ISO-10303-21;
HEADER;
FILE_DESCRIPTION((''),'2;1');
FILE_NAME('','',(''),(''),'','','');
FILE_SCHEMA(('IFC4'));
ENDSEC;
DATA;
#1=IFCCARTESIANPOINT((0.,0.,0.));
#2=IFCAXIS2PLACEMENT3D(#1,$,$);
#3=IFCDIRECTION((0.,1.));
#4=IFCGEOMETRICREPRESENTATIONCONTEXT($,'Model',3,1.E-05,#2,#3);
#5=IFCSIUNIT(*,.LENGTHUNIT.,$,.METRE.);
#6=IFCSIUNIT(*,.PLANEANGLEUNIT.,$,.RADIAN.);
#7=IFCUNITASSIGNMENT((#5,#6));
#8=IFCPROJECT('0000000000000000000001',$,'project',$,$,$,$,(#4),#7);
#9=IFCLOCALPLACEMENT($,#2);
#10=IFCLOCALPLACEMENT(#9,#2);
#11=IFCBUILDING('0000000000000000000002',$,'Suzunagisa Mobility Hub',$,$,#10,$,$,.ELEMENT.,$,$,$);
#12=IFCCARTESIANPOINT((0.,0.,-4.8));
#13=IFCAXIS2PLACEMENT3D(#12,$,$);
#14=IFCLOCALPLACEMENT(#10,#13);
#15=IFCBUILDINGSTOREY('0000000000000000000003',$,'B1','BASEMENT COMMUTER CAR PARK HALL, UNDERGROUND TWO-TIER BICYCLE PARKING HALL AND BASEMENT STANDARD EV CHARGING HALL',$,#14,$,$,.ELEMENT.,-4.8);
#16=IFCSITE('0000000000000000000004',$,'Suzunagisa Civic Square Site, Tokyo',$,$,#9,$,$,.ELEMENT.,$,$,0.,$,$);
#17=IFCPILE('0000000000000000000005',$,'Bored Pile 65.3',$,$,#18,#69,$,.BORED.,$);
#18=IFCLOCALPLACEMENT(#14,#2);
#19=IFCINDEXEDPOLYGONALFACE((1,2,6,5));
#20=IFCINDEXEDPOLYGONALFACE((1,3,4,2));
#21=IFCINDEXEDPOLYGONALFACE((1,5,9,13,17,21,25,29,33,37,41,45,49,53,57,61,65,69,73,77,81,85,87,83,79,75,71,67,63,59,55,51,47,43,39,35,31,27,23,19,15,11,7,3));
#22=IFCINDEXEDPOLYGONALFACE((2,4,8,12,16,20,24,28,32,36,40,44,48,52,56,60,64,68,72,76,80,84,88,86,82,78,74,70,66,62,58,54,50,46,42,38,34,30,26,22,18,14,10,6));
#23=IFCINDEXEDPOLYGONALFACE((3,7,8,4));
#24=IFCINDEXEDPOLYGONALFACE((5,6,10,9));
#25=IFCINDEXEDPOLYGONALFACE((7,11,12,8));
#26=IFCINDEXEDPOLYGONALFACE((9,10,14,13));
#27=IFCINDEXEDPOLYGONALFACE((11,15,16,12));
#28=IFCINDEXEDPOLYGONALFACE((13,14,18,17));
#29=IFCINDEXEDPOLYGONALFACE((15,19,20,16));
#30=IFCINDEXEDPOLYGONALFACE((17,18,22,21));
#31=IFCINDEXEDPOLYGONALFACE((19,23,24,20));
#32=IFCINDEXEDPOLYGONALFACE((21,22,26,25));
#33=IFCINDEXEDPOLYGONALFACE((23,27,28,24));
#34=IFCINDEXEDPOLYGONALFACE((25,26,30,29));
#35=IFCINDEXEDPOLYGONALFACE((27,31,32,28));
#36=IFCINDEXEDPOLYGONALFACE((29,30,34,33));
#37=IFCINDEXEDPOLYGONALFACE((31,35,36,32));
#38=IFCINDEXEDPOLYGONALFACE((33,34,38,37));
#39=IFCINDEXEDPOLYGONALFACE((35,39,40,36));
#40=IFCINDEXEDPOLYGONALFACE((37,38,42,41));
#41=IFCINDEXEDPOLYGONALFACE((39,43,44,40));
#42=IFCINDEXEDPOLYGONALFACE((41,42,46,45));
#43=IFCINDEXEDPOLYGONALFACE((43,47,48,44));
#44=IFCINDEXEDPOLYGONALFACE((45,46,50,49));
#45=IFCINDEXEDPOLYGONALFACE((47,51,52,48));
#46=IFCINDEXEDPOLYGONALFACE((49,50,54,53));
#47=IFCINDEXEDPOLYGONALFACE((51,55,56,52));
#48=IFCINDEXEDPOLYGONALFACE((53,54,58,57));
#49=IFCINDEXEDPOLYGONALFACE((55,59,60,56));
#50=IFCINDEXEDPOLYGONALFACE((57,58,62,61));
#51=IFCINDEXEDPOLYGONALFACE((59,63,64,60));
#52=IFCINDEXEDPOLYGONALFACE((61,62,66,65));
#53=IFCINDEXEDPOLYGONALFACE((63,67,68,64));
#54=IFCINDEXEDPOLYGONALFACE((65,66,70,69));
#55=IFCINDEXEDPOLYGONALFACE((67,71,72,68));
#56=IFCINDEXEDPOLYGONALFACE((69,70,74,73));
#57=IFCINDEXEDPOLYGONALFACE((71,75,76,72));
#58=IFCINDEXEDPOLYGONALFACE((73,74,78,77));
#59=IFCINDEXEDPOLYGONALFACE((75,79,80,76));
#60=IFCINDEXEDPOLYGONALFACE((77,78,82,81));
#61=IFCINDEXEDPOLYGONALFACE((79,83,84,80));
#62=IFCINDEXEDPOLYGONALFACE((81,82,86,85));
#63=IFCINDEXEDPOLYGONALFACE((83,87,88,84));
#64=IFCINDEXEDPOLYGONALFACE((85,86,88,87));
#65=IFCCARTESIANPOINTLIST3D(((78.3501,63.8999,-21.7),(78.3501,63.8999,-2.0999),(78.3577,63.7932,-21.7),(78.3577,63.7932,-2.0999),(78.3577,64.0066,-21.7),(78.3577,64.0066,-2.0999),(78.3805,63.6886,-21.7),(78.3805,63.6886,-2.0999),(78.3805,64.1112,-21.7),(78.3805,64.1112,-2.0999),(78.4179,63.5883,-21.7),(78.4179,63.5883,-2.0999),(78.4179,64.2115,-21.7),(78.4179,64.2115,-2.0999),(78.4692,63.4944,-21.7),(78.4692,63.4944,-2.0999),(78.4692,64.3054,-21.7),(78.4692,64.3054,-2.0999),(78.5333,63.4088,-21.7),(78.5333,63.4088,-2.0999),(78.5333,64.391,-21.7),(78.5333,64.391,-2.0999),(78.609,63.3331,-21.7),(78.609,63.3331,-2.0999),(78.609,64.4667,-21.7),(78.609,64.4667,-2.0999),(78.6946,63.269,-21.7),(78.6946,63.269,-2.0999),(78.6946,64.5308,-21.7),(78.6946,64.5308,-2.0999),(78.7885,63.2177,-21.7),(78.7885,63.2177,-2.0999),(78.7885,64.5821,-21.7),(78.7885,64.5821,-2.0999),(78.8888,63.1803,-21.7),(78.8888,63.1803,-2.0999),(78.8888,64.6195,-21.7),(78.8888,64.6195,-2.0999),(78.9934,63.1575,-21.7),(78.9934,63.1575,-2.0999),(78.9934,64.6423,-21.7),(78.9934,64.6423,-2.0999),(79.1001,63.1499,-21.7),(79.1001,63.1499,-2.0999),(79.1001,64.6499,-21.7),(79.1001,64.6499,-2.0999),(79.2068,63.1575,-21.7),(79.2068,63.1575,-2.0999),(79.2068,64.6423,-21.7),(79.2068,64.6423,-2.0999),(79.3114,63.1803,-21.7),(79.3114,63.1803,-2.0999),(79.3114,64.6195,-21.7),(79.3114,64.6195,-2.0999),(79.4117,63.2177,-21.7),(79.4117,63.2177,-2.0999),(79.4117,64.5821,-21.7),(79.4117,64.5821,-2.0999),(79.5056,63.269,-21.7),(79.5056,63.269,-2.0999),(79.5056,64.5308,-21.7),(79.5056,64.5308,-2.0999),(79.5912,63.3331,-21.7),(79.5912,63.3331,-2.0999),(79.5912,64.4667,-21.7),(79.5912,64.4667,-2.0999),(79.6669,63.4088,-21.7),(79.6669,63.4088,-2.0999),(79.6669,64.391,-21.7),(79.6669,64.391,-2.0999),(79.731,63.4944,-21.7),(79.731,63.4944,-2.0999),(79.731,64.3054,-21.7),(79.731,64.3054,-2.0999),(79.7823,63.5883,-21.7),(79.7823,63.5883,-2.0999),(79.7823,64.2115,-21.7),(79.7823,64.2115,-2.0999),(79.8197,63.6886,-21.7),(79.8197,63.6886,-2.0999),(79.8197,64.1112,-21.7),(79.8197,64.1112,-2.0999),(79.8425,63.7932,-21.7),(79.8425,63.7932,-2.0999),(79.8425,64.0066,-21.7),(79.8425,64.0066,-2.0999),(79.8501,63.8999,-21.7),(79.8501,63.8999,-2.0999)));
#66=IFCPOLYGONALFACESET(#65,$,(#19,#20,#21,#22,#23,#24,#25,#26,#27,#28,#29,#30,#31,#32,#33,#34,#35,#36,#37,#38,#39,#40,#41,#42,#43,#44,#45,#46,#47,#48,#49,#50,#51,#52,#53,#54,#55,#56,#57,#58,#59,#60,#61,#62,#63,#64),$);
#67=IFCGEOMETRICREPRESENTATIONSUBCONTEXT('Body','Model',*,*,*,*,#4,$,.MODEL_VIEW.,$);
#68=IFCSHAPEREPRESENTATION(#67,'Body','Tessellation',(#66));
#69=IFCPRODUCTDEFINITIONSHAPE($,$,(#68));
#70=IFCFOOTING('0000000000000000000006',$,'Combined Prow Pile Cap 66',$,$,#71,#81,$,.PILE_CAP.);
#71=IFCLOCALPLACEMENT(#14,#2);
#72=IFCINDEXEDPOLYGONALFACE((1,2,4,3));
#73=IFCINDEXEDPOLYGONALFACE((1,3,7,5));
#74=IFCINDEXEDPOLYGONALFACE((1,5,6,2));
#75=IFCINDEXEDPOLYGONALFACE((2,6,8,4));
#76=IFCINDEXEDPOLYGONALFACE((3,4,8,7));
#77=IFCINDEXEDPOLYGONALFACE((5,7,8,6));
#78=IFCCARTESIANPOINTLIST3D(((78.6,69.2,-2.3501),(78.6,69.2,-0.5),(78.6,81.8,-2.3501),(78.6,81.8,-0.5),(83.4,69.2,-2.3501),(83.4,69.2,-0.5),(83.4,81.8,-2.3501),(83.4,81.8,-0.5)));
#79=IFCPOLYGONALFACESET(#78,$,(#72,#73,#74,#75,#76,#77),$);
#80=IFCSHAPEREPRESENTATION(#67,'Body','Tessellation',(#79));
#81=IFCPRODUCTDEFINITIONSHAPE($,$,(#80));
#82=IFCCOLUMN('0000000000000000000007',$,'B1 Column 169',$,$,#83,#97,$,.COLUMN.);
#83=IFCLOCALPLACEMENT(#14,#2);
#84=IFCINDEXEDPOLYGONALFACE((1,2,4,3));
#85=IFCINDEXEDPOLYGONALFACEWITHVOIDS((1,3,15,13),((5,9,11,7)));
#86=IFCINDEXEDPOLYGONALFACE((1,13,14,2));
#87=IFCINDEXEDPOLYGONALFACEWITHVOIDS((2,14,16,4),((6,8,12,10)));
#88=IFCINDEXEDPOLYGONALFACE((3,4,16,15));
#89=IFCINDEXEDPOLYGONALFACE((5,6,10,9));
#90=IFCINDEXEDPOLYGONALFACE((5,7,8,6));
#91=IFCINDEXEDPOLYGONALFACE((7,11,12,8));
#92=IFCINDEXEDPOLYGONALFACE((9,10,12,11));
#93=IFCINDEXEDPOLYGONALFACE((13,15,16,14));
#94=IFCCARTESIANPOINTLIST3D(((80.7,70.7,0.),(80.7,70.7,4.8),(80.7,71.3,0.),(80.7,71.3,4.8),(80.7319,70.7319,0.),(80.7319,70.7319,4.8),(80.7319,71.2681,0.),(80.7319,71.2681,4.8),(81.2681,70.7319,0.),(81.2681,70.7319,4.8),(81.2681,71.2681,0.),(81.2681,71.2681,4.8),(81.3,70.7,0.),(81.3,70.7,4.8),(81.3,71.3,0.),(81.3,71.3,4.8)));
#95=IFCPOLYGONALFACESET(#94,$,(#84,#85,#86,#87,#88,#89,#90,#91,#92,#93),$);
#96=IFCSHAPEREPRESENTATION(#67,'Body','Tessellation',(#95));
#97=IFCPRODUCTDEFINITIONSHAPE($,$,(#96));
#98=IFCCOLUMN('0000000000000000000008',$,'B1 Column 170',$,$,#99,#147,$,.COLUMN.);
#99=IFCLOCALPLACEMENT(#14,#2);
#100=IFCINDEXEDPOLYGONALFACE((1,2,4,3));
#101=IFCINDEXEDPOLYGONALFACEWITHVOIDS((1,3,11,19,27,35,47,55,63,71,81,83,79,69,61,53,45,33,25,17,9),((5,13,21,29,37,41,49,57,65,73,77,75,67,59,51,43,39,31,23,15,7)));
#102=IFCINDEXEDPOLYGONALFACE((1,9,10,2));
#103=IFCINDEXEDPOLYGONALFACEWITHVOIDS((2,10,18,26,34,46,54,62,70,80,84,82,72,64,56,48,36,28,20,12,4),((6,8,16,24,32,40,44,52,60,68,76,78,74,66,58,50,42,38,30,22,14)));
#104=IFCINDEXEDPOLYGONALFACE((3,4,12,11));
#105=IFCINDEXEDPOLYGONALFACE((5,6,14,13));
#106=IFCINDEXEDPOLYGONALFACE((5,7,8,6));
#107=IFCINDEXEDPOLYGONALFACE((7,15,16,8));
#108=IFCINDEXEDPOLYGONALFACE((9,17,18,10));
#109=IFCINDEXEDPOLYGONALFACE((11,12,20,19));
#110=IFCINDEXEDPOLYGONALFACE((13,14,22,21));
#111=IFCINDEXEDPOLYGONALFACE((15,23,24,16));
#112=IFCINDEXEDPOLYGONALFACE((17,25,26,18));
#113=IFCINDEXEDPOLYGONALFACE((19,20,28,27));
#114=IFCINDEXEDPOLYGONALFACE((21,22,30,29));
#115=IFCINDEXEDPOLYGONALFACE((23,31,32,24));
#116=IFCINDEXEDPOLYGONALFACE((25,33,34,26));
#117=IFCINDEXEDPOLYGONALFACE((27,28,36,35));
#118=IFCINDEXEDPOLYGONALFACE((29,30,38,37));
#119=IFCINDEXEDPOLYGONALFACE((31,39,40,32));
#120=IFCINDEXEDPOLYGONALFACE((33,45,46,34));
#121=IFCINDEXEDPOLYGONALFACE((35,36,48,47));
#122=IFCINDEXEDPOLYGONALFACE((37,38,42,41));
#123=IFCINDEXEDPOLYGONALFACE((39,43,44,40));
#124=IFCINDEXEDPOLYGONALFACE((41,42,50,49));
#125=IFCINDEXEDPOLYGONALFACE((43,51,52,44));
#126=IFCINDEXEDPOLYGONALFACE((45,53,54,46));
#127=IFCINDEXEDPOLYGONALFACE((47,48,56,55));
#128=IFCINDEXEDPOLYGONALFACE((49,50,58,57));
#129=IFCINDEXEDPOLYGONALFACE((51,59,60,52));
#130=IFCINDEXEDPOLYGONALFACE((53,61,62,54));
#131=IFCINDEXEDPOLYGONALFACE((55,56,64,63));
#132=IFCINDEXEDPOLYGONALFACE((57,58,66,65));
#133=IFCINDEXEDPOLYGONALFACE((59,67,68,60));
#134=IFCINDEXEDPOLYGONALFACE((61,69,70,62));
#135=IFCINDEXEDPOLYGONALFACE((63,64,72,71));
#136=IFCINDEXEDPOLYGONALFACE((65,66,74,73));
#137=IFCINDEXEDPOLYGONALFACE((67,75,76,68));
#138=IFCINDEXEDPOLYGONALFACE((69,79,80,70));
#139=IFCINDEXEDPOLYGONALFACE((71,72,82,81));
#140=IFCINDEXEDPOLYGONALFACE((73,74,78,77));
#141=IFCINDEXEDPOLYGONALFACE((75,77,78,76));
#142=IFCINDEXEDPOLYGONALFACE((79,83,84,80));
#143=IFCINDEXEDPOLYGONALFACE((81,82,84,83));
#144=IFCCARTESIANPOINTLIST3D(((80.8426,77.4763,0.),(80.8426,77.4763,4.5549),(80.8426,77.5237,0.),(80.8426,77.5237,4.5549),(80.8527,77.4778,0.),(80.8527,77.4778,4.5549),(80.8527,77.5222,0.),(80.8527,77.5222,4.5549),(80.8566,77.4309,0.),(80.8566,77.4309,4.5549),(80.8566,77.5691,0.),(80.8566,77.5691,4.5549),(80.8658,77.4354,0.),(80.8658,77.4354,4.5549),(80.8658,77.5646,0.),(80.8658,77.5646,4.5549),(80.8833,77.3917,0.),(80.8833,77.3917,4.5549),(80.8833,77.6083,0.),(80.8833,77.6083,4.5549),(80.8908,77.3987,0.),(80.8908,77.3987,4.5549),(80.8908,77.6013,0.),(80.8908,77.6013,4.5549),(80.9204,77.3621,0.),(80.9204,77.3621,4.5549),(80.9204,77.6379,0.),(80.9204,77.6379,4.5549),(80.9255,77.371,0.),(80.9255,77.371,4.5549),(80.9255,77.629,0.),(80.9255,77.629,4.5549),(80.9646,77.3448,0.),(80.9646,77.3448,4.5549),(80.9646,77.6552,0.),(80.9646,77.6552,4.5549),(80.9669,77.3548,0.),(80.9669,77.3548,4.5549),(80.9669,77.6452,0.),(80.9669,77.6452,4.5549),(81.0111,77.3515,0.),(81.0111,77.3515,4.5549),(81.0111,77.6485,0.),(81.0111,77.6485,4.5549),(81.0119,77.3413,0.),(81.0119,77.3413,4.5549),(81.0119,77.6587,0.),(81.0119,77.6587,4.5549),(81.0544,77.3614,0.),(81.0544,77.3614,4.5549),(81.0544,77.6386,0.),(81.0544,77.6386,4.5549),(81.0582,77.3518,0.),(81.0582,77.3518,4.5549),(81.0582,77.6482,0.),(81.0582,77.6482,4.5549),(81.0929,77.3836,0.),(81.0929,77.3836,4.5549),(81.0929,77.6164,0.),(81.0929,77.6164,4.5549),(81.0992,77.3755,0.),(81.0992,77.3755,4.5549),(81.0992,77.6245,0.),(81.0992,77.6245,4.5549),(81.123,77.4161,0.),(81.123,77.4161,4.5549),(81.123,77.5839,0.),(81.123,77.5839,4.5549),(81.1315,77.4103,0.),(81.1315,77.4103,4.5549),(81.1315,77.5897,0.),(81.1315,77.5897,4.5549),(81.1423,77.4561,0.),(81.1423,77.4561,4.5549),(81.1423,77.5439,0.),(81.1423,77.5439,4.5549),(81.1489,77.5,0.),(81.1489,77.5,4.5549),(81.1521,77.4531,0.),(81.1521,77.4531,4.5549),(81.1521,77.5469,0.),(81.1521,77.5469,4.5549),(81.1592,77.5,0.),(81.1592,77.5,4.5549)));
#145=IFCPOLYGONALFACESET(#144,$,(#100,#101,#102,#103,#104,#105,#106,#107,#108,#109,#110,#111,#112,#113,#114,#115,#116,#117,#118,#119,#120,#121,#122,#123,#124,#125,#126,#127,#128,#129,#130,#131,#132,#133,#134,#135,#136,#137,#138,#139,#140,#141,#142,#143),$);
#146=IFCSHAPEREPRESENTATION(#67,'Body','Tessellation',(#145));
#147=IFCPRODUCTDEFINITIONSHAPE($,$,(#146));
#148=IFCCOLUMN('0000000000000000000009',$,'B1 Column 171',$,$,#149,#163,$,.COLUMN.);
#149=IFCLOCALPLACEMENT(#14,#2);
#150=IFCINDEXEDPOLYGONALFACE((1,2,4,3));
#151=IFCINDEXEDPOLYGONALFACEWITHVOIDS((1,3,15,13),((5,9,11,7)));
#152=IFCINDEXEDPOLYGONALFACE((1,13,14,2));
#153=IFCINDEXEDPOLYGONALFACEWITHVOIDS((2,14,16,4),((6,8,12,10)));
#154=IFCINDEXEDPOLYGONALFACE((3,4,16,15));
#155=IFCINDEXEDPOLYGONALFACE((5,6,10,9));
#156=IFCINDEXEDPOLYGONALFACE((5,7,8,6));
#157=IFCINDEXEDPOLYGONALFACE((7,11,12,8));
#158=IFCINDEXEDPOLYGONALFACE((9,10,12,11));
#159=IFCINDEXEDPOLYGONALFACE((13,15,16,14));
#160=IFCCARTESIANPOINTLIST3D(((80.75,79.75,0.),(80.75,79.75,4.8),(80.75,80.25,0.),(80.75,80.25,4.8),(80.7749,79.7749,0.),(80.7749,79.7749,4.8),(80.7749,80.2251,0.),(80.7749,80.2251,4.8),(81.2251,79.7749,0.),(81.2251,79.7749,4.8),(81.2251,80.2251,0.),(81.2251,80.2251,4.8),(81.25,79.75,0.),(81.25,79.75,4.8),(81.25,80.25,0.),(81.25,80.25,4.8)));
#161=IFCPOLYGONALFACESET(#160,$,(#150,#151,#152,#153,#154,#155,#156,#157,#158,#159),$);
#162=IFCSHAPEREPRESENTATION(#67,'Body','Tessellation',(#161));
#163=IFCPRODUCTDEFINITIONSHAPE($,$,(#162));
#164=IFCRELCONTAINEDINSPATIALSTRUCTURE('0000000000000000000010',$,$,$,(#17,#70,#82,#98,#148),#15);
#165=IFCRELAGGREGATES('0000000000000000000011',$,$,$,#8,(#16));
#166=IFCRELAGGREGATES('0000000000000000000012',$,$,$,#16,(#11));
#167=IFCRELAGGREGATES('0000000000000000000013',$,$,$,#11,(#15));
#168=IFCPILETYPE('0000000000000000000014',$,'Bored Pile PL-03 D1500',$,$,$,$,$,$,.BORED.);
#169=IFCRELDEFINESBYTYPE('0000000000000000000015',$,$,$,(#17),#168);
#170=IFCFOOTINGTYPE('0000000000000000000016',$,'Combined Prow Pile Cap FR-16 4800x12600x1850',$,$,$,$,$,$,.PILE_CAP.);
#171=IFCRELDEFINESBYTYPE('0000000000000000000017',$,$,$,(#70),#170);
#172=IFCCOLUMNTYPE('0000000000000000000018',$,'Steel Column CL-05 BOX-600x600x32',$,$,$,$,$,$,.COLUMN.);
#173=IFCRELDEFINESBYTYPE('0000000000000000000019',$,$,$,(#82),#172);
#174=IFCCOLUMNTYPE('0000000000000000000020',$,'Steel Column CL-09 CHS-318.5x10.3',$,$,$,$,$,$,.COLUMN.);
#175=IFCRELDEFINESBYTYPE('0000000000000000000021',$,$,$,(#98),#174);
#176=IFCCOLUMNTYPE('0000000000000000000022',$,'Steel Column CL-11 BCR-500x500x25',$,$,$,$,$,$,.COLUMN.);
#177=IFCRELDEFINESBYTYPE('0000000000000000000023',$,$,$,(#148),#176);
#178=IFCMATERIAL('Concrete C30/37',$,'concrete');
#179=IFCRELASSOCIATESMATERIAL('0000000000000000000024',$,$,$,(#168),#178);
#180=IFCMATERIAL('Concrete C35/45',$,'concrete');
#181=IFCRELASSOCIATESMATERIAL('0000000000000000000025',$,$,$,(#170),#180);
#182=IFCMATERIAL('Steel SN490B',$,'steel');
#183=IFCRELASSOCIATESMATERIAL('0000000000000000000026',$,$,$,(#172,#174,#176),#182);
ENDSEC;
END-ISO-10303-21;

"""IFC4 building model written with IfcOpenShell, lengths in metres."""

from ifc_helpers import new_model, si_unit, direction, frame, origin, origin_2d, place, context, subcontext, project, spatial, rectangle, hollow_rectangle, circle, hollow_circle, extrude, material, material_profile, profile_set, type_object, element, save


model = new_model("IFC4")

# Units and contexts
model_context = context("Model", 3, precision=1e-05, world=origin(), true_north=direction((0.0, 1.0)))
body_context = subcontext(model_context, "Body", "Model", "MODEL_VIEW")
ifc_project = project(units=[si_unit("LENGTHUNIT", "METRE"), si_unit("PLANEANGLEUNIT", "RADIAN")], contexts=[model_context])

# Site, building, storey
site_placement = place(None, origin())
site = spatial("IfcSite", under=ifc_project, at=site_placement, Name="Suzunagisa Civic Square Site, Tokyo", CompositionType="ELEMENT", RefElevation=0.0)
building_placement = place(site_placement, origin())
building = spatial("IfcBuilding", under=site, at=building_placement, Name="Suzunagisa Mobility Hub", CompositionType="ELEMENT")
storey_placement = place(building_placement, frame((0.0, 0.0, -4.8)))
storey = spatial("IfcBuildingStorey", under=building, at=storey_placement, Name="B1", Description="BASEMENT COMMUTER CAR PARK HALL, UNDERGROUND TWO-TIER BICYCLE PARKING HALL AND BASEMENT STANDARD EV CHARGING HALL", CompositionType="ELEMENT", Elevation=-4.8)

# Pile
ifc_material_1 = material(Name="Concrete C30/37", Category="concrete")
ifc_material_profile_1 = material_profile(ifc_material_1, circle(Radius=0.75, at=origin_2d()), Name="BORED PILE D1500")
ifc_profile_set_1 = profile_set([ifc_material_profile_1], Name="Concrete C30/37")
pile_type_1 = type_object("IfcPileType", Name="Bored Pile PL-03 D1500", PredefinedType="BORED", material=ifc_profile_set_1)
for number, where, z_axis, x_axis, name in (
    (1, (79.1001, 63.8999, -2.0999), (0.0, 0.0, -1.0), (1.0, 0.0, 0.0), "Bored Pile 65.3"),
):
    element("IfcPile", number, at=place(storey_placement, frame(where, z_axis=z_axis, x_axis=x_axis)), inside=storey, type_object=pile_type_1, Name=name, PredefinedType="BORED", context=body_context, shape_type="SweptSolid", body=[
        extrude(circle(Radius=0.75, at=origin_2d()), origin(), (0.0, 0.0, 1.0), 19.6001),
    ])

# Footing
ifc_material_2 = material(Name="Concrete C35/45", Category="concrete")
footing_type = type_object("IfcFootingType", Name="Combined Prow Pile Cap FR-16 4800x12600x1850", PredefinedType="PILE_CAP", material=ifc_material_2)
footing_placement = place(storey_placement, frame((81.0, 75.5, -2.3501), z_axis=(0.0, 0.0, 1.0), x_axis=(1.0, 0.0, 0.0)))
element("IfcFooting", 2, at=footing_placement, inside=storey, type_object=footing_type, Name="Combined Prow Pile Cap 66", PredefinedType="PILE_CAP", context=body_context, shape_type="SweptSolid", body=[
    extrude(rectangle(XDim=4.8, YDim=12.6001, at=origin_2d()), origin(), (0.0, 0.0, 1.0), 1.8501),
])

# Columns
ifc_material_3 = material(Name="Steel SN490B", Category="steel")
ifc_material_profile_2 = material_profile(ifc_material_3, hollow_rectangle(XDim=0.6001, YDim=0.6001, WallThickness=0.032, at=origin_2d()), Name="BOX-600x600x32")
ifc_profile_set_2 = profile_set([ifc_material_profile_2], Name="Steel SN490B")
column_type_1 = type_object("IfcColumnType", Name="Steel Column CL-05 BOX-600x600x32", PredefinedType="COLUMN", material=ifc_profile_set_2)
column_1_placement = place(storey_placement, frame((81.0, 71.0, 0.0), z_axis=(0.0, 0.0, 1.0), x_axis=(1.0, 0.0, 0.0)))
element("IfcColumn", 3, at=column_1_placement, inside=storey, type_object=column_type_1, Name="B1 Column 169", PredefinedType="COLUMN", context=body_context, shape_type="SweptSolid", body=[
    extrude(hollow_rectangle(XDim=0.6001, YDim=0.6001, WallThickness=0.032, at=origin_2d()), origin(), (0.0, 0.0, 1.0), 4.8),
])
ifc_material_profile_3 = material_profile(ifc_material_3, hollow_circle(Radius=0.1592, WallThickness=0.0103, at=origin_2d()), Name="CHS-318.5x10.3")
ifc_profile_set_3 = profile_set([ifc_material_profile_3], Name="Steel SN490B")
column_type_2 = type_object("IfcColumnType", Name="Steel Column CL-09 CHS-318.5x10.3", PredefinedType="COLUMN", material=ifc_profile_set_3)
column_2_placement = place(storey_placement, frame((81.0, 77.5, 0.0), z_axis=(0.0, 0.0, 1.0), x_axis=(1.0, 0.0, 0.0)))
element("IfcColumn", 4, at=column_2_placement, inside=storey, type_object=column_type_2, Name="B1 Column 170", PredefinedType="COLUMN", context=body_context, shape_type="SweptSolid", body=[
    extrude(hollow_circle(Radius=0.1592, WallThickness=0.0103, at=origin_2d()), origin(), (0.0, 0.0, 1.0), 4.5549),
])
ifc_material_profile_4 = material_profile(ifc_material_3, hollow_rectangle(XDim=0.5, YDim=0.5, WallThickness=0.0249, at=origin_2d()), Name="BCR-500x500x25")
ifc_profile_set_4 = profile_set([ifc_material_profile_4], Name="Steel SN490B")
column_type_3 = type_object("IfcColumnType", Name="Steel Column CL-11 BCR-500x500x25", PredefinedType="COLUMN", material=ifc_profile_set_4)
column_3_placement = place(storey_placement, frame((81.0, 80.0, 0.0), z_axis=(0.0, 0.0, 1.0), x_axis=(1.0, 0.0, 0.0)))
element("IfcColumn", 5, at=column_3_placement, inside=storey, type_object=column_type_3, Name="B1 Column 171", PredefinedType="COLUMN", context=body_context, shape_type="SweptSolid", body=[
    extrude(hollow_rectangle(XDim=0.5, YDim=0.5, WallThickness=0.0249, at=origin_2d()), origin(), (0.0, 0.0, 1.0), 4.8),
])

save(model, "model.ifc")
